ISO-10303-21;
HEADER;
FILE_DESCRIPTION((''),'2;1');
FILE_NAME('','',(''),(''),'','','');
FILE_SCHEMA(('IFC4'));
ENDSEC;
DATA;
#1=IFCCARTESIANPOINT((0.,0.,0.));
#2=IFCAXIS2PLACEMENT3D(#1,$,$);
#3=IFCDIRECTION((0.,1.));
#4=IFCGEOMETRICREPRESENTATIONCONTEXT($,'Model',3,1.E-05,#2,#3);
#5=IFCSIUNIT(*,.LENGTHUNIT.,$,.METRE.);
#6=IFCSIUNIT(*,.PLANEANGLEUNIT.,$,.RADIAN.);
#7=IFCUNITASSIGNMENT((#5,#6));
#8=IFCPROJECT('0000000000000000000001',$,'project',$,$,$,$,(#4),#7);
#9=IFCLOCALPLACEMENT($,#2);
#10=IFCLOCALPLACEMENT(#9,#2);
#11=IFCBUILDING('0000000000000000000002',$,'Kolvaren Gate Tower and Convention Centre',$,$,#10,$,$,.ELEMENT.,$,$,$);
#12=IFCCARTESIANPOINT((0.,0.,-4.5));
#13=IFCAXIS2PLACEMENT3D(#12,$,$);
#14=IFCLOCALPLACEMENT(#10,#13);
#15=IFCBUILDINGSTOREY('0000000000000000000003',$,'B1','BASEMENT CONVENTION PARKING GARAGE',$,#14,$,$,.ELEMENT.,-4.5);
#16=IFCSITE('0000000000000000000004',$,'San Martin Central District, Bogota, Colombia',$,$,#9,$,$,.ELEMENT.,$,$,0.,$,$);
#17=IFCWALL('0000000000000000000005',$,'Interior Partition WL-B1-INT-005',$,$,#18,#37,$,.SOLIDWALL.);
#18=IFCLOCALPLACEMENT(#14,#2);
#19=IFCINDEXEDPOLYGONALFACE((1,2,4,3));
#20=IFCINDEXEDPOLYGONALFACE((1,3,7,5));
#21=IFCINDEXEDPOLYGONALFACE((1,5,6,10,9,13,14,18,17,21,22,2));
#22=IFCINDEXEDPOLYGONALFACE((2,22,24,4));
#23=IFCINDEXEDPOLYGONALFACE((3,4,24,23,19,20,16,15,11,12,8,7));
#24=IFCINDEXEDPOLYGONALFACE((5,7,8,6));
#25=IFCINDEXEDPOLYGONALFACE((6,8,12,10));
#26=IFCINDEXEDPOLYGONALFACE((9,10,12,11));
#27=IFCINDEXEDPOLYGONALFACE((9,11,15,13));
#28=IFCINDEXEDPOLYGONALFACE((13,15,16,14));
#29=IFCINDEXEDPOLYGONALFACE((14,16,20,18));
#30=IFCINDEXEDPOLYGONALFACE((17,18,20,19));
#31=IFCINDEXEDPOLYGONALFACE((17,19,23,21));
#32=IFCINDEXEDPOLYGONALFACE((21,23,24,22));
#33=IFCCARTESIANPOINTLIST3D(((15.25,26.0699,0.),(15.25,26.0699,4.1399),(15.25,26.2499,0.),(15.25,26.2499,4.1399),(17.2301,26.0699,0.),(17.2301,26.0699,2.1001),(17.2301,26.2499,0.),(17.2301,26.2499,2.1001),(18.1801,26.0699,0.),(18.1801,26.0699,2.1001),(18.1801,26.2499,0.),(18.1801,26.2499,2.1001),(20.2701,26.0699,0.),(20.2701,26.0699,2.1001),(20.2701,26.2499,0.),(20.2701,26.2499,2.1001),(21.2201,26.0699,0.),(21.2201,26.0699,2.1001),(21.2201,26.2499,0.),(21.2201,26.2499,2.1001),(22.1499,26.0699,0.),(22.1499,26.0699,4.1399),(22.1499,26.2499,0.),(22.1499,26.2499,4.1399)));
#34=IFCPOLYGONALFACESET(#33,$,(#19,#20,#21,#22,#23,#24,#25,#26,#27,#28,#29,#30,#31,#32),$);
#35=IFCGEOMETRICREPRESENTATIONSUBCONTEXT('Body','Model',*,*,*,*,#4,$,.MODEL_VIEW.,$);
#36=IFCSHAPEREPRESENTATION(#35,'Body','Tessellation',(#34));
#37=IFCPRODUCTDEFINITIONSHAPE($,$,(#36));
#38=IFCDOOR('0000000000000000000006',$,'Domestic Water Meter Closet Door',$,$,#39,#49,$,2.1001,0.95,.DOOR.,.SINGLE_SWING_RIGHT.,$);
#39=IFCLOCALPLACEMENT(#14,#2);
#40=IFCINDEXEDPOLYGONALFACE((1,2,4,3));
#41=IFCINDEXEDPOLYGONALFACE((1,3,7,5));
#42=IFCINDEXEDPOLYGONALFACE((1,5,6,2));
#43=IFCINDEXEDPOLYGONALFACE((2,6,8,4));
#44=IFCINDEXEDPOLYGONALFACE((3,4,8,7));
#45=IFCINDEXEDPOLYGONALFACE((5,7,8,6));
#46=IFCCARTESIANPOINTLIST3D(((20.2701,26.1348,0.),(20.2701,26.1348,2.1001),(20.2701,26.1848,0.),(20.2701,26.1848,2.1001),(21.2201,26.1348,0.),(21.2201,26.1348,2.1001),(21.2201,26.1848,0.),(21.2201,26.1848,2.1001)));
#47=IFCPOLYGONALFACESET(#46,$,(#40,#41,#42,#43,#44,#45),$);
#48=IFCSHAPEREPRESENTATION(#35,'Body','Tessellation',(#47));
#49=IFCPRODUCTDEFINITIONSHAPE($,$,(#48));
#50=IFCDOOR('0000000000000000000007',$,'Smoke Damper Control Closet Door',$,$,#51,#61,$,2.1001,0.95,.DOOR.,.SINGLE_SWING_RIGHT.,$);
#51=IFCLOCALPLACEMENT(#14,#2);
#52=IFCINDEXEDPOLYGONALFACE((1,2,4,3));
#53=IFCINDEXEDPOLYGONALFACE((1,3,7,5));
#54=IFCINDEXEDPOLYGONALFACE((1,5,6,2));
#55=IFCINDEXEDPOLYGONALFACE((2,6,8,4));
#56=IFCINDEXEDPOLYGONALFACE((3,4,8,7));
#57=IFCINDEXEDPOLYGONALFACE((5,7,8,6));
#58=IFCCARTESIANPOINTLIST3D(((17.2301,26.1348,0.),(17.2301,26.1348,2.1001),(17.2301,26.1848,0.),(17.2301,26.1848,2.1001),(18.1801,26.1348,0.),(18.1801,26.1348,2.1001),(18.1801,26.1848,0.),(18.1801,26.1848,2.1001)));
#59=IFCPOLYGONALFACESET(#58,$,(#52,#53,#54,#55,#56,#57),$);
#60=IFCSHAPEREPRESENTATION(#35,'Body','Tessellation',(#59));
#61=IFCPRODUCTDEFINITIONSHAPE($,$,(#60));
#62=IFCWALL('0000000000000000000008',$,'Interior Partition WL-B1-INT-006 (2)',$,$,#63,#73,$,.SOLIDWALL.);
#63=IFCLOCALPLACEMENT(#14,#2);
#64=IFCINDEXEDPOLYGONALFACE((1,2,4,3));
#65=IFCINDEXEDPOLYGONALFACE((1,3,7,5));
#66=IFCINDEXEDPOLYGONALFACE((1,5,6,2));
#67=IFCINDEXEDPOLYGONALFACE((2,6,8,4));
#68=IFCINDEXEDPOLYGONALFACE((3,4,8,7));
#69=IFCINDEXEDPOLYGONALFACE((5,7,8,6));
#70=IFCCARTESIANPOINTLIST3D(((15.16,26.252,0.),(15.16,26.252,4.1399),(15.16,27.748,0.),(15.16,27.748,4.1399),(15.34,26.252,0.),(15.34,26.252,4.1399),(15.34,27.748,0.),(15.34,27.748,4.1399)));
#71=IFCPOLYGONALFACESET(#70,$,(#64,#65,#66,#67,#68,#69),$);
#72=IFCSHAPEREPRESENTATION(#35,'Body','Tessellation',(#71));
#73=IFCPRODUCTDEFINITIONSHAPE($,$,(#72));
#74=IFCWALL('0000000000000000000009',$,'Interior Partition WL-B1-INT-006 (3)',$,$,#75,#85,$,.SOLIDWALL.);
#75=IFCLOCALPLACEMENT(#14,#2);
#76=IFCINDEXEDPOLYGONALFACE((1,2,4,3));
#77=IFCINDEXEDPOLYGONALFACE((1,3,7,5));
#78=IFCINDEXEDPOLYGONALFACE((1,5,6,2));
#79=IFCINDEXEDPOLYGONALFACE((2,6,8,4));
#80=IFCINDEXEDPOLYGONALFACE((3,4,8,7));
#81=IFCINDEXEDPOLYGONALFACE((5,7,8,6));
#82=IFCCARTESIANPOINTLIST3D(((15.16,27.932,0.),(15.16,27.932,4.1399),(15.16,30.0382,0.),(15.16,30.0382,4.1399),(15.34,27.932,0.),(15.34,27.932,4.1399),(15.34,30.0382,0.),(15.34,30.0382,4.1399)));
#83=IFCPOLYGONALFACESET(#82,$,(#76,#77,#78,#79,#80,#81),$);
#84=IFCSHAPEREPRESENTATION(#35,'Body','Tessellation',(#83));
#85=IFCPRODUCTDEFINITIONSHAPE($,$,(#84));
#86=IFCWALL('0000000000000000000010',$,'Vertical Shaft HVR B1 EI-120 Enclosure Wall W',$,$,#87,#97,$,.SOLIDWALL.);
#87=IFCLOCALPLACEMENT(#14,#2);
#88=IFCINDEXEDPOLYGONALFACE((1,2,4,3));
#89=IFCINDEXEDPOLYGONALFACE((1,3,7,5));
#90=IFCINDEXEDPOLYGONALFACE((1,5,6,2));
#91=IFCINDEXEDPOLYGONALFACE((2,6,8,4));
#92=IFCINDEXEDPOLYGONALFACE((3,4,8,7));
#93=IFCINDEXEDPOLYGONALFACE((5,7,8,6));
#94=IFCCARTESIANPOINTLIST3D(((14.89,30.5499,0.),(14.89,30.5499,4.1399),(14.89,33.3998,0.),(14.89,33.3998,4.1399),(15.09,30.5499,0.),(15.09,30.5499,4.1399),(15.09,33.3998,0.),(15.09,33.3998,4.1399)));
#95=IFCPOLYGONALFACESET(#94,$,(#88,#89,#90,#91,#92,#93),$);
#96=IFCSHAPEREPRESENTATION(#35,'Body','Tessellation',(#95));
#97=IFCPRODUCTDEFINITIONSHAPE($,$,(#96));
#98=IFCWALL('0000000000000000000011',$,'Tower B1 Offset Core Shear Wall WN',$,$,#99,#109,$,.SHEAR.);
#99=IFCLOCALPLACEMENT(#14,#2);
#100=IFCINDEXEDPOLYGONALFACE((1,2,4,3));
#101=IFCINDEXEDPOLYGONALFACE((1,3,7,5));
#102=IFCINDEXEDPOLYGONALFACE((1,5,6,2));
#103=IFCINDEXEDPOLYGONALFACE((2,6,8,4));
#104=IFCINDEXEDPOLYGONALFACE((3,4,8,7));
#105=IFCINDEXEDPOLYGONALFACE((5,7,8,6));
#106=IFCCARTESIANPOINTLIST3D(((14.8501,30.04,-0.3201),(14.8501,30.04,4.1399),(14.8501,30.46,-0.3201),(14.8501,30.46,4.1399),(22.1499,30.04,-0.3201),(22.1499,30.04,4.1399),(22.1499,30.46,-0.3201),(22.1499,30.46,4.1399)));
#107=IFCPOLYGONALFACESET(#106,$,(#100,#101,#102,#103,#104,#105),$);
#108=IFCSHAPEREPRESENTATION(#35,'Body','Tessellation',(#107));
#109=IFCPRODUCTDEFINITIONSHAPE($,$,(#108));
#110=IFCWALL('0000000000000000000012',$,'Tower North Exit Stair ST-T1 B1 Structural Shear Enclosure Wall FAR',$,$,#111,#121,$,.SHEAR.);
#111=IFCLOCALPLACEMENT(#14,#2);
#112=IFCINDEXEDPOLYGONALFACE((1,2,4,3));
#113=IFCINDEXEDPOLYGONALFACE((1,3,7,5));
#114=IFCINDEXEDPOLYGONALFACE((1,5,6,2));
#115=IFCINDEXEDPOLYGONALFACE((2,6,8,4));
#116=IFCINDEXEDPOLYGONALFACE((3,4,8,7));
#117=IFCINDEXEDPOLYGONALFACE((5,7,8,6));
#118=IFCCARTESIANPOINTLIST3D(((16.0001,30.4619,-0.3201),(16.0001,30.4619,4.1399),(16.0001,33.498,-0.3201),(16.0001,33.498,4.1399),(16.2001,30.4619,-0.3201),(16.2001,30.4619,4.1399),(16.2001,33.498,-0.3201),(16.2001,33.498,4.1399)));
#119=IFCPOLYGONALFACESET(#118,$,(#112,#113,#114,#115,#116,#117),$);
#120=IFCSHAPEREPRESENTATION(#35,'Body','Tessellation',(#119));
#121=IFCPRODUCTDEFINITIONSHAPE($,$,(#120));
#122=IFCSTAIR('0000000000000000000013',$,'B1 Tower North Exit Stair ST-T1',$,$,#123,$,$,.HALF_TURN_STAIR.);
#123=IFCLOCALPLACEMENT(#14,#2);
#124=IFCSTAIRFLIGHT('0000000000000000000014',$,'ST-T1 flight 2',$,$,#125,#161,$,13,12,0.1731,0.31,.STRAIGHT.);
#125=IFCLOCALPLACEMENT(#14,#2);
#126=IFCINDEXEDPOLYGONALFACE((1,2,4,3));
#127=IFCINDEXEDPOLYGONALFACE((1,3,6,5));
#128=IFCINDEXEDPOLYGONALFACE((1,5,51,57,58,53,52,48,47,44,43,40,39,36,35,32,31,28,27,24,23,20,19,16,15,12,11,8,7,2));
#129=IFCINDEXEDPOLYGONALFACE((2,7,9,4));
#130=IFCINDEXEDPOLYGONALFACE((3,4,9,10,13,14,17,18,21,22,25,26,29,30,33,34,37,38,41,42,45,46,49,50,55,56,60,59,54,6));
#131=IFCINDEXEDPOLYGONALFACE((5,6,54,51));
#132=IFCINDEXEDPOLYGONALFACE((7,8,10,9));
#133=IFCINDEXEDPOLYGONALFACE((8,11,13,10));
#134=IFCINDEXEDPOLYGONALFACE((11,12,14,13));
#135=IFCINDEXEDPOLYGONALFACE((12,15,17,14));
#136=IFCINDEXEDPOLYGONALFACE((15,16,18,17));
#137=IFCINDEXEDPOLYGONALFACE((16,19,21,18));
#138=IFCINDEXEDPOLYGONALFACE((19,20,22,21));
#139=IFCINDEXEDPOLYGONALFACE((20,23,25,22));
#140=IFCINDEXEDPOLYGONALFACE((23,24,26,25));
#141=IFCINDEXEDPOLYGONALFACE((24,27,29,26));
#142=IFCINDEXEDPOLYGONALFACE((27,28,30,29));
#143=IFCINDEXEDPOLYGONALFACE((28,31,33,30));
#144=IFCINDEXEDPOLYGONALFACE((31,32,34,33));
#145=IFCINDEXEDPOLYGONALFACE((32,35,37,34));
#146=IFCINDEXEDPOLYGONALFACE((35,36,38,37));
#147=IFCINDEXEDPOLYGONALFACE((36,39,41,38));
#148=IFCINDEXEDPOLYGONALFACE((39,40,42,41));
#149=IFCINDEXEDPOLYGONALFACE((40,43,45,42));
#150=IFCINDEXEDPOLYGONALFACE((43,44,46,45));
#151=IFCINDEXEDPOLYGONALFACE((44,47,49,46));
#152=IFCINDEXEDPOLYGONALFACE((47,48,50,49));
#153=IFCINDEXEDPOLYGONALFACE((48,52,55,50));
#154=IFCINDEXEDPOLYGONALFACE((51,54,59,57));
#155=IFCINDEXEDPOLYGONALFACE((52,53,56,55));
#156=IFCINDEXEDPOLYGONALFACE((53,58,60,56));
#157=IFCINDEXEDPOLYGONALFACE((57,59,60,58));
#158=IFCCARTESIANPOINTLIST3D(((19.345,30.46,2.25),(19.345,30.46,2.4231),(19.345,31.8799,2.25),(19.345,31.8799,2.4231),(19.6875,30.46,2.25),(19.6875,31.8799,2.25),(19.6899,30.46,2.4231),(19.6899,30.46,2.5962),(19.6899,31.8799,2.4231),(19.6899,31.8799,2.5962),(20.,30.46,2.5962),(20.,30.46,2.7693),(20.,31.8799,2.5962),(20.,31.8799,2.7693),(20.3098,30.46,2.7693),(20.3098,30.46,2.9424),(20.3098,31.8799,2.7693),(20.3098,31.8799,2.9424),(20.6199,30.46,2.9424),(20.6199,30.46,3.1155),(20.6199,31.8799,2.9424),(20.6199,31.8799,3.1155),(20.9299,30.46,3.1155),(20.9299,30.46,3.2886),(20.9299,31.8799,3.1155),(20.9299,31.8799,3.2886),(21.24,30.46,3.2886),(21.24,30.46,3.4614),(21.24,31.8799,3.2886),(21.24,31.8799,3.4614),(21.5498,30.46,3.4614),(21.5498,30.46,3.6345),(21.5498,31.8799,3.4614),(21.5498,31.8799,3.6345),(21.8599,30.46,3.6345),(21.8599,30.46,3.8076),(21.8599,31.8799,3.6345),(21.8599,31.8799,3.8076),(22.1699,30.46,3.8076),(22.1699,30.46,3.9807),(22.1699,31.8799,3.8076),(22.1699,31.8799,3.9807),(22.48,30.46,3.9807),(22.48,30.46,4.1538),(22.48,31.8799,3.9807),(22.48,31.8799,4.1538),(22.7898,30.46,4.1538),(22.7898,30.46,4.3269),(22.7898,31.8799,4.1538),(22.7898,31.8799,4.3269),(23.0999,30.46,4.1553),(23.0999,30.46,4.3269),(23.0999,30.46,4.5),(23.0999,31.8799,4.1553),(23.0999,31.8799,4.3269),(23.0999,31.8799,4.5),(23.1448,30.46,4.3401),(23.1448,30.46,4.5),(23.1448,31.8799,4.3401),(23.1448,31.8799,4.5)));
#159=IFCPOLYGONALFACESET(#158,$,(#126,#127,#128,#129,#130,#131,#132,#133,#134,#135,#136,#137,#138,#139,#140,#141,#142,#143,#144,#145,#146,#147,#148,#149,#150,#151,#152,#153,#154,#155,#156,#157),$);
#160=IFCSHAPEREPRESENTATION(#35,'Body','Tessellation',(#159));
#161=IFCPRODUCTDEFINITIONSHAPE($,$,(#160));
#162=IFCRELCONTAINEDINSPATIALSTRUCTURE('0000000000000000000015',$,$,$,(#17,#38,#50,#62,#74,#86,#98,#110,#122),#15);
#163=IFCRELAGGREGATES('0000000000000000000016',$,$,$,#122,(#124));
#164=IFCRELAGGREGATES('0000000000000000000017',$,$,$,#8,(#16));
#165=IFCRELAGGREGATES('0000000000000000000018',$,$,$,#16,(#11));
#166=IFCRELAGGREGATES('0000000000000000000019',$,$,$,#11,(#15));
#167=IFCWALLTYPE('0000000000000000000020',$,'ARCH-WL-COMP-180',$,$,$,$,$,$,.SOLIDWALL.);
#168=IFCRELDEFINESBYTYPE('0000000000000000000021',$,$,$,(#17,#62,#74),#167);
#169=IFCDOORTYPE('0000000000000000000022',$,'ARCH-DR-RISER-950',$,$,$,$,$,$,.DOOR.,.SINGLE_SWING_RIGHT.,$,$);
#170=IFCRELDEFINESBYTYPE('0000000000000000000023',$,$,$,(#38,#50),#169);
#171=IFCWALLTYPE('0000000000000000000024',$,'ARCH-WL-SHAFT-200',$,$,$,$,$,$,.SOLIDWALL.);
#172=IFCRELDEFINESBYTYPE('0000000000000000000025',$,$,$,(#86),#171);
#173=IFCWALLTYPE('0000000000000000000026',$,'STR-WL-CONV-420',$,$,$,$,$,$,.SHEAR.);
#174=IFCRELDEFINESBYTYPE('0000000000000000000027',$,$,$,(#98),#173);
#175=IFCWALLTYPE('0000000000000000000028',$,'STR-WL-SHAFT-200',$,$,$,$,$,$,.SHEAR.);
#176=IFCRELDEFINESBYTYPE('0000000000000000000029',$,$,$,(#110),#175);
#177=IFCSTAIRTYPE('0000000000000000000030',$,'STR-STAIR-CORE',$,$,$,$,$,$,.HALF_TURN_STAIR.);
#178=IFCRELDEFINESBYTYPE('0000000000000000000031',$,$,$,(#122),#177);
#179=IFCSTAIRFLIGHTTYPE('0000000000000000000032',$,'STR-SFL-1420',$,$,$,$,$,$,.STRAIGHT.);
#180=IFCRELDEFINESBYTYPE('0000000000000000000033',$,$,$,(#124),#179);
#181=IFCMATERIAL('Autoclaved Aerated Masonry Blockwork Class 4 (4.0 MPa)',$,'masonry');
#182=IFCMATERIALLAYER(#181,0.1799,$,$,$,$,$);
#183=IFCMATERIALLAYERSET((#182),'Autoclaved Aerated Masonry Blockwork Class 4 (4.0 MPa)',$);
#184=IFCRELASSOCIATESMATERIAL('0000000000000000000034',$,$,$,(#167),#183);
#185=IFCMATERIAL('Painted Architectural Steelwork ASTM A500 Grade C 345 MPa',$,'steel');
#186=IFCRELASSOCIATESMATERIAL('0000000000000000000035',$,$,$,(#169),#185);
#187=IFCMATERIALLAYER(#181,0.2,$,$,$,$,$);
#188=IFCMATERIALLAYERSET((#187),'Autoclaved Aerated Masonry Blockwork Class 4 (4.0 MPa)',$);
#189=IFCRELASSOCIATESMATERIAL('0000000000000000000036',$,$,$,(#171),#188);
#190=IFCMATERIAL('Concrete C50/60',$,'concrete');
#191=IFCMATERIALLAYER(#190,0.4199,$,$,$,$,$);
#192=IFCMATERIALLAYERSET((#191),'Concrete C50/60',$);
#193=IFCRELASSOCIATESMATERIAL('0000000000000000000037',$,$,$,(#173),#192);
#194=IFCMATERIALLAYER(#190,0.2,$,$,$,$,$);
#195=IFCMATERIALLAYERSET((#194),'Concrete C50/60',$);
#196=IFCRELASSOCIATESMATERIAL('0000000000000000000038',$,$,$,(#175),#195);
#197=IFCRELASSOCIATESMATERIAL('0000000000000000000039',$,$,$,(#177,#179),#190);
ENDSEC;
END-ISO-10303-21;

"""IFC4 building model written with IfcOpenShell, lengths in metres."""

from ifc_helpers import new_model, si_unit, direction, frame, frame_2d, origin, place, context, subcontext, project, spatial, polyline, rectangle, outline, extrude, material, layer, layer_set, type_object, element, fill, aggregate, save


model = new_model("IFC4")

# Units and contexts
model_context = context("Model", 3, precision=1e-05, world=origin(), true_north=direction((0.0, 1.0)))
body_context = subcontext(model_context, "Body", "Model", "MODEL_VIEW")
ifc_project = project(units=[si_unit("LENGTHUNIT", "METRE"), si_unit("PLANEANGLEUNIT", "RADIAN")], contexts=[model_context])

# Site, building, storey
site_placement = place(None, origin())
site = spatial("IfcSite", under=ifc_project, at=site_placement, Name="San Martin Central District, Bogota, Colombia", CompositionType="ELEMENT", RefElevation=0.0)
building_placement = place(site_placement, origin())
building = spatial("IfcBuilding", under=site, at=building_placement, Name="Kolvaren Gate Tower and Convention Centre", CompositionType="ELEMENT")
storey_placement = place(building_placement, frame((0.0, 0.0, -4.5)))
storey = spatial("IfcBuildingStorey", under=building, at=storey_placement, Name="B1", Description="BASEMENT CONVENTION PARKING GARAGE", CompositionType="ELEMENT", Elevation=-4.5)

# Wall, openings, doors
ifc_material_1 = material(Name="Autoclaved Aerated Masonry Blockwork Class 4 (4.0 MPa)", Category="masonry")
ifc_layer_1 = layer(ifc_material_1, 0.1799)
ifc_layer_set_1 = layer_set([ifc_layer_1], Name="Autoclaved Aerated Masonry Blockwork Class 4 (4.0 MPa)")
wall_type_1 = type_object("IfcWallType", Name="ARCH-WL-COMP-180", PredefinedType="SOLIDWALL", material=ifc_layer_set_1)
ifc_material_2 = material(Name="Painted Architectural Steelwork ASTM A500 Grade C 345 MPa", Category="steel")
door_type = type_object("IfcDoorType", Name="ARCH-DR-RISER-950", OperationType="SINGLE_SWING_RIGHT", PredefinedType="DOOR", material=ifc_material_2)
wall_1_placement = place(storey_placement, frame((15.25, 26.1599, 0.0), z_axis=(0.0, 0.0, 1.0), x_axis=(1.0, 0.0, 0.0)))
wall_1 = element("IfcWall", 1, at=wall_1_placement, inside=storey, type_object=wall_type_1, Name="Interior Partition WL-B1-INT-005", PredefinedType="SOLIDWALL", context=body_context, shape_type="SweptSolid", body=[
    extrude(rectangle(XDim=6.8999, YDim=0.1799, at=frame_2d((3.45, 0.0))), origin(), (0.0, 0.0, 1.0), 4.1399),
])
opening_1_placement = place(wall_1_placement, frame((5.02, 0.0, 0.0)))
opening_1 = element("IfcOpeningElement", 2, at=opening_1_placement, cuts=wall_1, PredefinedType="OPENING", context=body_context, shape_type="SweptSolid", body=[
    extrude(rectangle(XDim=0.95, YDim=2.1001, at=frame_2d((0.4751, 1.05))), frame((0.0, 0.0999, 0.0), z_axis=(0.0, -1.0, 0.0), x_axis=(1.0, 0.0, 0.0)), (0.0, 0.0, 1.0), 0.2),
])
opening_2_placement = place(wall_1_placement, frame((1.98, 0.0, 0.0)))
opening_2 = element("IfcOpeningElement", 3, at=opening_2_placement, cuts=wall_1, PredefinedType="OPENING", context=body_context, shape_type="SweptSolid", body=[
    extrude(rectangle(XDim=0.95, YDim=2.1001, at=frame_2d((0.4751, 1.05))), frame((0.0, 0.0999, 0.0), z_axis=(0.0, -1.0, 0.0), x_axis=(1.0, 0.0, 0.0)), (0.0, 0.0, 1.0), 0.2),
])
door_1_placement = place(opening_1_placement, origin())
door_1 = element("IfcDoor", 4, at=door_1_placement, inside=storey, type_object=door_type, Name="Domestic Water Meter Closet Door", OperationType="SINGLE_SWING_RIGHT", OverallHeight=2.1001, OverallWidth=0.95, PredefinedType="DOOR", context=body_context, shape_type="SweptSolid", body=[
    extrude(rectangle(XDim=0.95, YDim=2.1001, at=frame_2d((0.4751, 1.05))), frame((0.0, 0.0249, 0.0), z_axis=(0.0, -1.0, 0.0), x_axis=(1.0, 0.0, 0.0)), (0.0, 0.0, 1.0), 0.05),
])
fill(opening_1, door_1)
door_2_placement = place(opening_2_placement, origin())
door_2 = element("IfcDoor", 5, at=door_2_placement, inside=storey, type_object=door_type, Name="Smoke Damper Control Closet Door", OperationType="SINGLE_SWING_RIGHT", OverallHeight=2.1001, OverallWidth=0.95, PredefinedType="DOOR", context=body_context, shape_type="SweptSolid", body=[
    extrude(rectangle(XDim=0.95, YDim=2.1001, at=frame_2d((0.4751, 1.05))), frame((0.0, 0.0249, 0.0), z_axis=(0.0, -1.0, 0.0), x_axis=(1.0, 0.0, 0.0)), (0.0, 0.0, 1.0), 0.05),
])
fill(opening_2, door_2)

# Walls
wall_2_placement = place(storey_placement, frame((15.25, 26.252, 0.0), z_axis=(0.0, 0.0, 1.0), x_axis=(0.0, 1.0, 0.0)))
element("IfcWall", 6, at=wall_2_placement, inside=storey, type_object=wall_type_1, Name="Interior Partition WL-B1-INT-006 (2)", PredefinedType="SOLIDWALL", context=body_context, shape_type="SweptSolid", body=[
    extrude(rectangle(XDim=1.4961, YDim=0.1799, at=frame_2d((0.748, 0.0))), origin(), (0.0, 0.0, 1.0), 4.1399),
])
wall_3_placement = place(storey_placement, frame((15.25, 27.9319, 0.0), z_axis=(0.0, 0.0, 1.0), x_axis=(0.0, 1.0, 0.0)))
element("IfcWall", 7, at=wall_3_placement, inside=storey, type_object=wall_type_1, Name="Interior Partition WL-B1-INT-006 (3)", PredefinedType="SOLIDWALL", context=body_context, shape_type="SweptSolid", body=[
    extrude(rectangle(XDim=2.1062, YDim=0.1799, at=frame_2d((1.0532, 0.0))), origin(), (0.0, 0.0, 1.0), 4.1399),
])
ifc_layer_2 = layer(ifc_material_1, 0.2)
ifc_layer_set_2 = layer_set([ifc_layer_2], Name="Autoclaved Aerated Masonry Blockwork Class 4 (4.0 MPa)")
wall_type_2 = type_object("IfcWallType", Name="ARCH-WL-SHAFT-200", PredefinedType="SOLIDWALL", material=ifc_layer_set_2)
wall_4_placement = place(storey_placement, frame((14.99, 30.55, 0.0), z_axis=(0.0, 0.0, 1.0), x_axis=(0.0, 1.0, 0.0)))
element("IfcWall", 8, at=wall_4_placement, inside=storey, type_object=wall_type_2, Name="Vertical Shaft HVR B1 EI-120 Enclosure Wall W", PredefinedType="SOLIDWALL", context=body_context, shape_type="SweptSolid", body=[
    extrude(rectangle(XDim=2.8499, YDim=0.2, at=frame_2d((1.4248, 0.0))), origin(), (0.0, 0.0, 1.0), 4.1399),
])
ifc_material_3 = material(Name="Concrete C50/60", Category="concrete")
ifc_layer_3 = layer(ifc_material_3, 0.4199)
ifc_layer_set_3 = layer_set([ifc_layer_3], Name="Concrete C50/60")
wall_type_3 = type_object("IfcWallType", Name="STR-WL-CONV-420", PredefinedType="SHEAR", material=ifc_layer_set_3)
wall_5_placement = place(storey_placement, frame((14.8501, 30.25, -0.3201), z_axis=(0.0, 0.0, 1.0), x_axis=(1.0, 0.0, 0.0)))
element("IfcWall", 9, at=wall_5_placement, inside=storey, type_object=wall_type_3, Name="Tower B1 Offset Core Shear Wall WN", PredefinedType="SHEAR", context=body_context, shape_type="SweptSolid", body=[
    extrude(rectangle(XDim=7.2998, YDim=0.4199, at=frame_2d((3.6499, 0.0))), origin(), (0.0, 0.0, 1.0), 4.46),
])
ifc_layer_4 = layer(ifc_material_3, 0.2)
ifc_layer_set_4 = layer_set([ifc_layer_4], Name="Concrete C50/60")
wall_type_4 = type_object("IfcWallType", Name="STR-WL-SHAFT-200", PredefinedType="SHEAR", material=ifc_layer_set_4)
wall_6_placement = place(storey_placement, frame((16.1001, 30.4619, -0.3201), z_axis=(0.0, 0.0, 1.0), x_axis=(0.0, 1.0, 0.0)))
element("IfcWall", 10, at=wall_6_placement, inside=storey, type_object=wall_type_4, Name="Tower North Exit Stair ST-T1 B1 Structural Shear Enclosure Wall FAR", PredefinedType="SHEAR", context=body_context, shape_type="SweptSolid", body=[
    extrude(rectangle(XDim=3.0361, YDim=0.2, at=frame_2d((1.5181, 0.0))), origin(), (0.0, 0.0, 1.0), 4.46),
])

# Stair, stair flight
stair_type = type_object("IfcStairType", Name="STR-STAIR-CORE", PredefinedType="HALF_TURN_STAIR", material=ifc_material_3)
stair_placement = place(storey_placement, origin())
stair = element("IfcStair", 11, at=stair_placement, inside=storey, type_object=stair_type, Name="B1 Tower North Exit Stair ST-T1", PredefinedType="HALF_TURN_STAIR")
stair_flight_type = type_object("IfcStairFlightType", Name="STR-SFL-1420", PredefinedType="STRAIGHT", material=ifc_material_3)
stair_flight_placement = place(storey_placement, frame((19.3799, 31.1699, 2.25), z_axis=(0.0, 0.0, 1.0), x_axis=(1.0, 0.0, 0.0)))
stair_flight = element("IfcStairFlight", 12, at=stair_flight_placement, type_object=stair_flight_type, Name="ST-T1 flight 2", NumberOfRisers=13, NumberOfTreads=12, PredefinedType="STRAIGHT", RiserHeight=0.1731, TreadLength=0.31, context=body_context, shape_type="SweptSolid", body=[
    extrude(outline(polyline([(-0.0349, 0.0), (-0.0349, 0.1731), (0.3101, 0.1731), (0.3101, 0.3462), (0.6201, 0.3462), (0.6201, 0.5193), (0.9299, 0.5193), (0.9299, 0.6924), (1.24, 0.6924), (1.24, 0.8655), (1.55, 0.8655), (1.55, 1.0386), (1.8601, 1.0386), (1.8601, 1.2114), (2.1699, 1.2114), (2.1699, 1.3845), (2.48, 1.3845), (2.48, 1.5576), (2.79, 1.5576), (2.79, 1.7307), (3.1001, 1.7307), (3.1001, 1.9038), (3.4099, 1.9038), (3.4099, 2.0769), (3.72, 2.0769), (3.72, 2.25), (3.7649, 2.25), (3.7649, 2.0901), (3.72, 1.9053), (0.3076, 0.0), (-0.0349, 0.0)])), frame((0.0, 0.71, 0.0), z_axis=(0.0, -1.0, 0.0), x_axis=(1.0, 0.0, 0.0)), (0.0, 0.0, 1.0), 1.4199),
])
aggregate(stair, [stair_flight])

save(model, "model.ifc")
